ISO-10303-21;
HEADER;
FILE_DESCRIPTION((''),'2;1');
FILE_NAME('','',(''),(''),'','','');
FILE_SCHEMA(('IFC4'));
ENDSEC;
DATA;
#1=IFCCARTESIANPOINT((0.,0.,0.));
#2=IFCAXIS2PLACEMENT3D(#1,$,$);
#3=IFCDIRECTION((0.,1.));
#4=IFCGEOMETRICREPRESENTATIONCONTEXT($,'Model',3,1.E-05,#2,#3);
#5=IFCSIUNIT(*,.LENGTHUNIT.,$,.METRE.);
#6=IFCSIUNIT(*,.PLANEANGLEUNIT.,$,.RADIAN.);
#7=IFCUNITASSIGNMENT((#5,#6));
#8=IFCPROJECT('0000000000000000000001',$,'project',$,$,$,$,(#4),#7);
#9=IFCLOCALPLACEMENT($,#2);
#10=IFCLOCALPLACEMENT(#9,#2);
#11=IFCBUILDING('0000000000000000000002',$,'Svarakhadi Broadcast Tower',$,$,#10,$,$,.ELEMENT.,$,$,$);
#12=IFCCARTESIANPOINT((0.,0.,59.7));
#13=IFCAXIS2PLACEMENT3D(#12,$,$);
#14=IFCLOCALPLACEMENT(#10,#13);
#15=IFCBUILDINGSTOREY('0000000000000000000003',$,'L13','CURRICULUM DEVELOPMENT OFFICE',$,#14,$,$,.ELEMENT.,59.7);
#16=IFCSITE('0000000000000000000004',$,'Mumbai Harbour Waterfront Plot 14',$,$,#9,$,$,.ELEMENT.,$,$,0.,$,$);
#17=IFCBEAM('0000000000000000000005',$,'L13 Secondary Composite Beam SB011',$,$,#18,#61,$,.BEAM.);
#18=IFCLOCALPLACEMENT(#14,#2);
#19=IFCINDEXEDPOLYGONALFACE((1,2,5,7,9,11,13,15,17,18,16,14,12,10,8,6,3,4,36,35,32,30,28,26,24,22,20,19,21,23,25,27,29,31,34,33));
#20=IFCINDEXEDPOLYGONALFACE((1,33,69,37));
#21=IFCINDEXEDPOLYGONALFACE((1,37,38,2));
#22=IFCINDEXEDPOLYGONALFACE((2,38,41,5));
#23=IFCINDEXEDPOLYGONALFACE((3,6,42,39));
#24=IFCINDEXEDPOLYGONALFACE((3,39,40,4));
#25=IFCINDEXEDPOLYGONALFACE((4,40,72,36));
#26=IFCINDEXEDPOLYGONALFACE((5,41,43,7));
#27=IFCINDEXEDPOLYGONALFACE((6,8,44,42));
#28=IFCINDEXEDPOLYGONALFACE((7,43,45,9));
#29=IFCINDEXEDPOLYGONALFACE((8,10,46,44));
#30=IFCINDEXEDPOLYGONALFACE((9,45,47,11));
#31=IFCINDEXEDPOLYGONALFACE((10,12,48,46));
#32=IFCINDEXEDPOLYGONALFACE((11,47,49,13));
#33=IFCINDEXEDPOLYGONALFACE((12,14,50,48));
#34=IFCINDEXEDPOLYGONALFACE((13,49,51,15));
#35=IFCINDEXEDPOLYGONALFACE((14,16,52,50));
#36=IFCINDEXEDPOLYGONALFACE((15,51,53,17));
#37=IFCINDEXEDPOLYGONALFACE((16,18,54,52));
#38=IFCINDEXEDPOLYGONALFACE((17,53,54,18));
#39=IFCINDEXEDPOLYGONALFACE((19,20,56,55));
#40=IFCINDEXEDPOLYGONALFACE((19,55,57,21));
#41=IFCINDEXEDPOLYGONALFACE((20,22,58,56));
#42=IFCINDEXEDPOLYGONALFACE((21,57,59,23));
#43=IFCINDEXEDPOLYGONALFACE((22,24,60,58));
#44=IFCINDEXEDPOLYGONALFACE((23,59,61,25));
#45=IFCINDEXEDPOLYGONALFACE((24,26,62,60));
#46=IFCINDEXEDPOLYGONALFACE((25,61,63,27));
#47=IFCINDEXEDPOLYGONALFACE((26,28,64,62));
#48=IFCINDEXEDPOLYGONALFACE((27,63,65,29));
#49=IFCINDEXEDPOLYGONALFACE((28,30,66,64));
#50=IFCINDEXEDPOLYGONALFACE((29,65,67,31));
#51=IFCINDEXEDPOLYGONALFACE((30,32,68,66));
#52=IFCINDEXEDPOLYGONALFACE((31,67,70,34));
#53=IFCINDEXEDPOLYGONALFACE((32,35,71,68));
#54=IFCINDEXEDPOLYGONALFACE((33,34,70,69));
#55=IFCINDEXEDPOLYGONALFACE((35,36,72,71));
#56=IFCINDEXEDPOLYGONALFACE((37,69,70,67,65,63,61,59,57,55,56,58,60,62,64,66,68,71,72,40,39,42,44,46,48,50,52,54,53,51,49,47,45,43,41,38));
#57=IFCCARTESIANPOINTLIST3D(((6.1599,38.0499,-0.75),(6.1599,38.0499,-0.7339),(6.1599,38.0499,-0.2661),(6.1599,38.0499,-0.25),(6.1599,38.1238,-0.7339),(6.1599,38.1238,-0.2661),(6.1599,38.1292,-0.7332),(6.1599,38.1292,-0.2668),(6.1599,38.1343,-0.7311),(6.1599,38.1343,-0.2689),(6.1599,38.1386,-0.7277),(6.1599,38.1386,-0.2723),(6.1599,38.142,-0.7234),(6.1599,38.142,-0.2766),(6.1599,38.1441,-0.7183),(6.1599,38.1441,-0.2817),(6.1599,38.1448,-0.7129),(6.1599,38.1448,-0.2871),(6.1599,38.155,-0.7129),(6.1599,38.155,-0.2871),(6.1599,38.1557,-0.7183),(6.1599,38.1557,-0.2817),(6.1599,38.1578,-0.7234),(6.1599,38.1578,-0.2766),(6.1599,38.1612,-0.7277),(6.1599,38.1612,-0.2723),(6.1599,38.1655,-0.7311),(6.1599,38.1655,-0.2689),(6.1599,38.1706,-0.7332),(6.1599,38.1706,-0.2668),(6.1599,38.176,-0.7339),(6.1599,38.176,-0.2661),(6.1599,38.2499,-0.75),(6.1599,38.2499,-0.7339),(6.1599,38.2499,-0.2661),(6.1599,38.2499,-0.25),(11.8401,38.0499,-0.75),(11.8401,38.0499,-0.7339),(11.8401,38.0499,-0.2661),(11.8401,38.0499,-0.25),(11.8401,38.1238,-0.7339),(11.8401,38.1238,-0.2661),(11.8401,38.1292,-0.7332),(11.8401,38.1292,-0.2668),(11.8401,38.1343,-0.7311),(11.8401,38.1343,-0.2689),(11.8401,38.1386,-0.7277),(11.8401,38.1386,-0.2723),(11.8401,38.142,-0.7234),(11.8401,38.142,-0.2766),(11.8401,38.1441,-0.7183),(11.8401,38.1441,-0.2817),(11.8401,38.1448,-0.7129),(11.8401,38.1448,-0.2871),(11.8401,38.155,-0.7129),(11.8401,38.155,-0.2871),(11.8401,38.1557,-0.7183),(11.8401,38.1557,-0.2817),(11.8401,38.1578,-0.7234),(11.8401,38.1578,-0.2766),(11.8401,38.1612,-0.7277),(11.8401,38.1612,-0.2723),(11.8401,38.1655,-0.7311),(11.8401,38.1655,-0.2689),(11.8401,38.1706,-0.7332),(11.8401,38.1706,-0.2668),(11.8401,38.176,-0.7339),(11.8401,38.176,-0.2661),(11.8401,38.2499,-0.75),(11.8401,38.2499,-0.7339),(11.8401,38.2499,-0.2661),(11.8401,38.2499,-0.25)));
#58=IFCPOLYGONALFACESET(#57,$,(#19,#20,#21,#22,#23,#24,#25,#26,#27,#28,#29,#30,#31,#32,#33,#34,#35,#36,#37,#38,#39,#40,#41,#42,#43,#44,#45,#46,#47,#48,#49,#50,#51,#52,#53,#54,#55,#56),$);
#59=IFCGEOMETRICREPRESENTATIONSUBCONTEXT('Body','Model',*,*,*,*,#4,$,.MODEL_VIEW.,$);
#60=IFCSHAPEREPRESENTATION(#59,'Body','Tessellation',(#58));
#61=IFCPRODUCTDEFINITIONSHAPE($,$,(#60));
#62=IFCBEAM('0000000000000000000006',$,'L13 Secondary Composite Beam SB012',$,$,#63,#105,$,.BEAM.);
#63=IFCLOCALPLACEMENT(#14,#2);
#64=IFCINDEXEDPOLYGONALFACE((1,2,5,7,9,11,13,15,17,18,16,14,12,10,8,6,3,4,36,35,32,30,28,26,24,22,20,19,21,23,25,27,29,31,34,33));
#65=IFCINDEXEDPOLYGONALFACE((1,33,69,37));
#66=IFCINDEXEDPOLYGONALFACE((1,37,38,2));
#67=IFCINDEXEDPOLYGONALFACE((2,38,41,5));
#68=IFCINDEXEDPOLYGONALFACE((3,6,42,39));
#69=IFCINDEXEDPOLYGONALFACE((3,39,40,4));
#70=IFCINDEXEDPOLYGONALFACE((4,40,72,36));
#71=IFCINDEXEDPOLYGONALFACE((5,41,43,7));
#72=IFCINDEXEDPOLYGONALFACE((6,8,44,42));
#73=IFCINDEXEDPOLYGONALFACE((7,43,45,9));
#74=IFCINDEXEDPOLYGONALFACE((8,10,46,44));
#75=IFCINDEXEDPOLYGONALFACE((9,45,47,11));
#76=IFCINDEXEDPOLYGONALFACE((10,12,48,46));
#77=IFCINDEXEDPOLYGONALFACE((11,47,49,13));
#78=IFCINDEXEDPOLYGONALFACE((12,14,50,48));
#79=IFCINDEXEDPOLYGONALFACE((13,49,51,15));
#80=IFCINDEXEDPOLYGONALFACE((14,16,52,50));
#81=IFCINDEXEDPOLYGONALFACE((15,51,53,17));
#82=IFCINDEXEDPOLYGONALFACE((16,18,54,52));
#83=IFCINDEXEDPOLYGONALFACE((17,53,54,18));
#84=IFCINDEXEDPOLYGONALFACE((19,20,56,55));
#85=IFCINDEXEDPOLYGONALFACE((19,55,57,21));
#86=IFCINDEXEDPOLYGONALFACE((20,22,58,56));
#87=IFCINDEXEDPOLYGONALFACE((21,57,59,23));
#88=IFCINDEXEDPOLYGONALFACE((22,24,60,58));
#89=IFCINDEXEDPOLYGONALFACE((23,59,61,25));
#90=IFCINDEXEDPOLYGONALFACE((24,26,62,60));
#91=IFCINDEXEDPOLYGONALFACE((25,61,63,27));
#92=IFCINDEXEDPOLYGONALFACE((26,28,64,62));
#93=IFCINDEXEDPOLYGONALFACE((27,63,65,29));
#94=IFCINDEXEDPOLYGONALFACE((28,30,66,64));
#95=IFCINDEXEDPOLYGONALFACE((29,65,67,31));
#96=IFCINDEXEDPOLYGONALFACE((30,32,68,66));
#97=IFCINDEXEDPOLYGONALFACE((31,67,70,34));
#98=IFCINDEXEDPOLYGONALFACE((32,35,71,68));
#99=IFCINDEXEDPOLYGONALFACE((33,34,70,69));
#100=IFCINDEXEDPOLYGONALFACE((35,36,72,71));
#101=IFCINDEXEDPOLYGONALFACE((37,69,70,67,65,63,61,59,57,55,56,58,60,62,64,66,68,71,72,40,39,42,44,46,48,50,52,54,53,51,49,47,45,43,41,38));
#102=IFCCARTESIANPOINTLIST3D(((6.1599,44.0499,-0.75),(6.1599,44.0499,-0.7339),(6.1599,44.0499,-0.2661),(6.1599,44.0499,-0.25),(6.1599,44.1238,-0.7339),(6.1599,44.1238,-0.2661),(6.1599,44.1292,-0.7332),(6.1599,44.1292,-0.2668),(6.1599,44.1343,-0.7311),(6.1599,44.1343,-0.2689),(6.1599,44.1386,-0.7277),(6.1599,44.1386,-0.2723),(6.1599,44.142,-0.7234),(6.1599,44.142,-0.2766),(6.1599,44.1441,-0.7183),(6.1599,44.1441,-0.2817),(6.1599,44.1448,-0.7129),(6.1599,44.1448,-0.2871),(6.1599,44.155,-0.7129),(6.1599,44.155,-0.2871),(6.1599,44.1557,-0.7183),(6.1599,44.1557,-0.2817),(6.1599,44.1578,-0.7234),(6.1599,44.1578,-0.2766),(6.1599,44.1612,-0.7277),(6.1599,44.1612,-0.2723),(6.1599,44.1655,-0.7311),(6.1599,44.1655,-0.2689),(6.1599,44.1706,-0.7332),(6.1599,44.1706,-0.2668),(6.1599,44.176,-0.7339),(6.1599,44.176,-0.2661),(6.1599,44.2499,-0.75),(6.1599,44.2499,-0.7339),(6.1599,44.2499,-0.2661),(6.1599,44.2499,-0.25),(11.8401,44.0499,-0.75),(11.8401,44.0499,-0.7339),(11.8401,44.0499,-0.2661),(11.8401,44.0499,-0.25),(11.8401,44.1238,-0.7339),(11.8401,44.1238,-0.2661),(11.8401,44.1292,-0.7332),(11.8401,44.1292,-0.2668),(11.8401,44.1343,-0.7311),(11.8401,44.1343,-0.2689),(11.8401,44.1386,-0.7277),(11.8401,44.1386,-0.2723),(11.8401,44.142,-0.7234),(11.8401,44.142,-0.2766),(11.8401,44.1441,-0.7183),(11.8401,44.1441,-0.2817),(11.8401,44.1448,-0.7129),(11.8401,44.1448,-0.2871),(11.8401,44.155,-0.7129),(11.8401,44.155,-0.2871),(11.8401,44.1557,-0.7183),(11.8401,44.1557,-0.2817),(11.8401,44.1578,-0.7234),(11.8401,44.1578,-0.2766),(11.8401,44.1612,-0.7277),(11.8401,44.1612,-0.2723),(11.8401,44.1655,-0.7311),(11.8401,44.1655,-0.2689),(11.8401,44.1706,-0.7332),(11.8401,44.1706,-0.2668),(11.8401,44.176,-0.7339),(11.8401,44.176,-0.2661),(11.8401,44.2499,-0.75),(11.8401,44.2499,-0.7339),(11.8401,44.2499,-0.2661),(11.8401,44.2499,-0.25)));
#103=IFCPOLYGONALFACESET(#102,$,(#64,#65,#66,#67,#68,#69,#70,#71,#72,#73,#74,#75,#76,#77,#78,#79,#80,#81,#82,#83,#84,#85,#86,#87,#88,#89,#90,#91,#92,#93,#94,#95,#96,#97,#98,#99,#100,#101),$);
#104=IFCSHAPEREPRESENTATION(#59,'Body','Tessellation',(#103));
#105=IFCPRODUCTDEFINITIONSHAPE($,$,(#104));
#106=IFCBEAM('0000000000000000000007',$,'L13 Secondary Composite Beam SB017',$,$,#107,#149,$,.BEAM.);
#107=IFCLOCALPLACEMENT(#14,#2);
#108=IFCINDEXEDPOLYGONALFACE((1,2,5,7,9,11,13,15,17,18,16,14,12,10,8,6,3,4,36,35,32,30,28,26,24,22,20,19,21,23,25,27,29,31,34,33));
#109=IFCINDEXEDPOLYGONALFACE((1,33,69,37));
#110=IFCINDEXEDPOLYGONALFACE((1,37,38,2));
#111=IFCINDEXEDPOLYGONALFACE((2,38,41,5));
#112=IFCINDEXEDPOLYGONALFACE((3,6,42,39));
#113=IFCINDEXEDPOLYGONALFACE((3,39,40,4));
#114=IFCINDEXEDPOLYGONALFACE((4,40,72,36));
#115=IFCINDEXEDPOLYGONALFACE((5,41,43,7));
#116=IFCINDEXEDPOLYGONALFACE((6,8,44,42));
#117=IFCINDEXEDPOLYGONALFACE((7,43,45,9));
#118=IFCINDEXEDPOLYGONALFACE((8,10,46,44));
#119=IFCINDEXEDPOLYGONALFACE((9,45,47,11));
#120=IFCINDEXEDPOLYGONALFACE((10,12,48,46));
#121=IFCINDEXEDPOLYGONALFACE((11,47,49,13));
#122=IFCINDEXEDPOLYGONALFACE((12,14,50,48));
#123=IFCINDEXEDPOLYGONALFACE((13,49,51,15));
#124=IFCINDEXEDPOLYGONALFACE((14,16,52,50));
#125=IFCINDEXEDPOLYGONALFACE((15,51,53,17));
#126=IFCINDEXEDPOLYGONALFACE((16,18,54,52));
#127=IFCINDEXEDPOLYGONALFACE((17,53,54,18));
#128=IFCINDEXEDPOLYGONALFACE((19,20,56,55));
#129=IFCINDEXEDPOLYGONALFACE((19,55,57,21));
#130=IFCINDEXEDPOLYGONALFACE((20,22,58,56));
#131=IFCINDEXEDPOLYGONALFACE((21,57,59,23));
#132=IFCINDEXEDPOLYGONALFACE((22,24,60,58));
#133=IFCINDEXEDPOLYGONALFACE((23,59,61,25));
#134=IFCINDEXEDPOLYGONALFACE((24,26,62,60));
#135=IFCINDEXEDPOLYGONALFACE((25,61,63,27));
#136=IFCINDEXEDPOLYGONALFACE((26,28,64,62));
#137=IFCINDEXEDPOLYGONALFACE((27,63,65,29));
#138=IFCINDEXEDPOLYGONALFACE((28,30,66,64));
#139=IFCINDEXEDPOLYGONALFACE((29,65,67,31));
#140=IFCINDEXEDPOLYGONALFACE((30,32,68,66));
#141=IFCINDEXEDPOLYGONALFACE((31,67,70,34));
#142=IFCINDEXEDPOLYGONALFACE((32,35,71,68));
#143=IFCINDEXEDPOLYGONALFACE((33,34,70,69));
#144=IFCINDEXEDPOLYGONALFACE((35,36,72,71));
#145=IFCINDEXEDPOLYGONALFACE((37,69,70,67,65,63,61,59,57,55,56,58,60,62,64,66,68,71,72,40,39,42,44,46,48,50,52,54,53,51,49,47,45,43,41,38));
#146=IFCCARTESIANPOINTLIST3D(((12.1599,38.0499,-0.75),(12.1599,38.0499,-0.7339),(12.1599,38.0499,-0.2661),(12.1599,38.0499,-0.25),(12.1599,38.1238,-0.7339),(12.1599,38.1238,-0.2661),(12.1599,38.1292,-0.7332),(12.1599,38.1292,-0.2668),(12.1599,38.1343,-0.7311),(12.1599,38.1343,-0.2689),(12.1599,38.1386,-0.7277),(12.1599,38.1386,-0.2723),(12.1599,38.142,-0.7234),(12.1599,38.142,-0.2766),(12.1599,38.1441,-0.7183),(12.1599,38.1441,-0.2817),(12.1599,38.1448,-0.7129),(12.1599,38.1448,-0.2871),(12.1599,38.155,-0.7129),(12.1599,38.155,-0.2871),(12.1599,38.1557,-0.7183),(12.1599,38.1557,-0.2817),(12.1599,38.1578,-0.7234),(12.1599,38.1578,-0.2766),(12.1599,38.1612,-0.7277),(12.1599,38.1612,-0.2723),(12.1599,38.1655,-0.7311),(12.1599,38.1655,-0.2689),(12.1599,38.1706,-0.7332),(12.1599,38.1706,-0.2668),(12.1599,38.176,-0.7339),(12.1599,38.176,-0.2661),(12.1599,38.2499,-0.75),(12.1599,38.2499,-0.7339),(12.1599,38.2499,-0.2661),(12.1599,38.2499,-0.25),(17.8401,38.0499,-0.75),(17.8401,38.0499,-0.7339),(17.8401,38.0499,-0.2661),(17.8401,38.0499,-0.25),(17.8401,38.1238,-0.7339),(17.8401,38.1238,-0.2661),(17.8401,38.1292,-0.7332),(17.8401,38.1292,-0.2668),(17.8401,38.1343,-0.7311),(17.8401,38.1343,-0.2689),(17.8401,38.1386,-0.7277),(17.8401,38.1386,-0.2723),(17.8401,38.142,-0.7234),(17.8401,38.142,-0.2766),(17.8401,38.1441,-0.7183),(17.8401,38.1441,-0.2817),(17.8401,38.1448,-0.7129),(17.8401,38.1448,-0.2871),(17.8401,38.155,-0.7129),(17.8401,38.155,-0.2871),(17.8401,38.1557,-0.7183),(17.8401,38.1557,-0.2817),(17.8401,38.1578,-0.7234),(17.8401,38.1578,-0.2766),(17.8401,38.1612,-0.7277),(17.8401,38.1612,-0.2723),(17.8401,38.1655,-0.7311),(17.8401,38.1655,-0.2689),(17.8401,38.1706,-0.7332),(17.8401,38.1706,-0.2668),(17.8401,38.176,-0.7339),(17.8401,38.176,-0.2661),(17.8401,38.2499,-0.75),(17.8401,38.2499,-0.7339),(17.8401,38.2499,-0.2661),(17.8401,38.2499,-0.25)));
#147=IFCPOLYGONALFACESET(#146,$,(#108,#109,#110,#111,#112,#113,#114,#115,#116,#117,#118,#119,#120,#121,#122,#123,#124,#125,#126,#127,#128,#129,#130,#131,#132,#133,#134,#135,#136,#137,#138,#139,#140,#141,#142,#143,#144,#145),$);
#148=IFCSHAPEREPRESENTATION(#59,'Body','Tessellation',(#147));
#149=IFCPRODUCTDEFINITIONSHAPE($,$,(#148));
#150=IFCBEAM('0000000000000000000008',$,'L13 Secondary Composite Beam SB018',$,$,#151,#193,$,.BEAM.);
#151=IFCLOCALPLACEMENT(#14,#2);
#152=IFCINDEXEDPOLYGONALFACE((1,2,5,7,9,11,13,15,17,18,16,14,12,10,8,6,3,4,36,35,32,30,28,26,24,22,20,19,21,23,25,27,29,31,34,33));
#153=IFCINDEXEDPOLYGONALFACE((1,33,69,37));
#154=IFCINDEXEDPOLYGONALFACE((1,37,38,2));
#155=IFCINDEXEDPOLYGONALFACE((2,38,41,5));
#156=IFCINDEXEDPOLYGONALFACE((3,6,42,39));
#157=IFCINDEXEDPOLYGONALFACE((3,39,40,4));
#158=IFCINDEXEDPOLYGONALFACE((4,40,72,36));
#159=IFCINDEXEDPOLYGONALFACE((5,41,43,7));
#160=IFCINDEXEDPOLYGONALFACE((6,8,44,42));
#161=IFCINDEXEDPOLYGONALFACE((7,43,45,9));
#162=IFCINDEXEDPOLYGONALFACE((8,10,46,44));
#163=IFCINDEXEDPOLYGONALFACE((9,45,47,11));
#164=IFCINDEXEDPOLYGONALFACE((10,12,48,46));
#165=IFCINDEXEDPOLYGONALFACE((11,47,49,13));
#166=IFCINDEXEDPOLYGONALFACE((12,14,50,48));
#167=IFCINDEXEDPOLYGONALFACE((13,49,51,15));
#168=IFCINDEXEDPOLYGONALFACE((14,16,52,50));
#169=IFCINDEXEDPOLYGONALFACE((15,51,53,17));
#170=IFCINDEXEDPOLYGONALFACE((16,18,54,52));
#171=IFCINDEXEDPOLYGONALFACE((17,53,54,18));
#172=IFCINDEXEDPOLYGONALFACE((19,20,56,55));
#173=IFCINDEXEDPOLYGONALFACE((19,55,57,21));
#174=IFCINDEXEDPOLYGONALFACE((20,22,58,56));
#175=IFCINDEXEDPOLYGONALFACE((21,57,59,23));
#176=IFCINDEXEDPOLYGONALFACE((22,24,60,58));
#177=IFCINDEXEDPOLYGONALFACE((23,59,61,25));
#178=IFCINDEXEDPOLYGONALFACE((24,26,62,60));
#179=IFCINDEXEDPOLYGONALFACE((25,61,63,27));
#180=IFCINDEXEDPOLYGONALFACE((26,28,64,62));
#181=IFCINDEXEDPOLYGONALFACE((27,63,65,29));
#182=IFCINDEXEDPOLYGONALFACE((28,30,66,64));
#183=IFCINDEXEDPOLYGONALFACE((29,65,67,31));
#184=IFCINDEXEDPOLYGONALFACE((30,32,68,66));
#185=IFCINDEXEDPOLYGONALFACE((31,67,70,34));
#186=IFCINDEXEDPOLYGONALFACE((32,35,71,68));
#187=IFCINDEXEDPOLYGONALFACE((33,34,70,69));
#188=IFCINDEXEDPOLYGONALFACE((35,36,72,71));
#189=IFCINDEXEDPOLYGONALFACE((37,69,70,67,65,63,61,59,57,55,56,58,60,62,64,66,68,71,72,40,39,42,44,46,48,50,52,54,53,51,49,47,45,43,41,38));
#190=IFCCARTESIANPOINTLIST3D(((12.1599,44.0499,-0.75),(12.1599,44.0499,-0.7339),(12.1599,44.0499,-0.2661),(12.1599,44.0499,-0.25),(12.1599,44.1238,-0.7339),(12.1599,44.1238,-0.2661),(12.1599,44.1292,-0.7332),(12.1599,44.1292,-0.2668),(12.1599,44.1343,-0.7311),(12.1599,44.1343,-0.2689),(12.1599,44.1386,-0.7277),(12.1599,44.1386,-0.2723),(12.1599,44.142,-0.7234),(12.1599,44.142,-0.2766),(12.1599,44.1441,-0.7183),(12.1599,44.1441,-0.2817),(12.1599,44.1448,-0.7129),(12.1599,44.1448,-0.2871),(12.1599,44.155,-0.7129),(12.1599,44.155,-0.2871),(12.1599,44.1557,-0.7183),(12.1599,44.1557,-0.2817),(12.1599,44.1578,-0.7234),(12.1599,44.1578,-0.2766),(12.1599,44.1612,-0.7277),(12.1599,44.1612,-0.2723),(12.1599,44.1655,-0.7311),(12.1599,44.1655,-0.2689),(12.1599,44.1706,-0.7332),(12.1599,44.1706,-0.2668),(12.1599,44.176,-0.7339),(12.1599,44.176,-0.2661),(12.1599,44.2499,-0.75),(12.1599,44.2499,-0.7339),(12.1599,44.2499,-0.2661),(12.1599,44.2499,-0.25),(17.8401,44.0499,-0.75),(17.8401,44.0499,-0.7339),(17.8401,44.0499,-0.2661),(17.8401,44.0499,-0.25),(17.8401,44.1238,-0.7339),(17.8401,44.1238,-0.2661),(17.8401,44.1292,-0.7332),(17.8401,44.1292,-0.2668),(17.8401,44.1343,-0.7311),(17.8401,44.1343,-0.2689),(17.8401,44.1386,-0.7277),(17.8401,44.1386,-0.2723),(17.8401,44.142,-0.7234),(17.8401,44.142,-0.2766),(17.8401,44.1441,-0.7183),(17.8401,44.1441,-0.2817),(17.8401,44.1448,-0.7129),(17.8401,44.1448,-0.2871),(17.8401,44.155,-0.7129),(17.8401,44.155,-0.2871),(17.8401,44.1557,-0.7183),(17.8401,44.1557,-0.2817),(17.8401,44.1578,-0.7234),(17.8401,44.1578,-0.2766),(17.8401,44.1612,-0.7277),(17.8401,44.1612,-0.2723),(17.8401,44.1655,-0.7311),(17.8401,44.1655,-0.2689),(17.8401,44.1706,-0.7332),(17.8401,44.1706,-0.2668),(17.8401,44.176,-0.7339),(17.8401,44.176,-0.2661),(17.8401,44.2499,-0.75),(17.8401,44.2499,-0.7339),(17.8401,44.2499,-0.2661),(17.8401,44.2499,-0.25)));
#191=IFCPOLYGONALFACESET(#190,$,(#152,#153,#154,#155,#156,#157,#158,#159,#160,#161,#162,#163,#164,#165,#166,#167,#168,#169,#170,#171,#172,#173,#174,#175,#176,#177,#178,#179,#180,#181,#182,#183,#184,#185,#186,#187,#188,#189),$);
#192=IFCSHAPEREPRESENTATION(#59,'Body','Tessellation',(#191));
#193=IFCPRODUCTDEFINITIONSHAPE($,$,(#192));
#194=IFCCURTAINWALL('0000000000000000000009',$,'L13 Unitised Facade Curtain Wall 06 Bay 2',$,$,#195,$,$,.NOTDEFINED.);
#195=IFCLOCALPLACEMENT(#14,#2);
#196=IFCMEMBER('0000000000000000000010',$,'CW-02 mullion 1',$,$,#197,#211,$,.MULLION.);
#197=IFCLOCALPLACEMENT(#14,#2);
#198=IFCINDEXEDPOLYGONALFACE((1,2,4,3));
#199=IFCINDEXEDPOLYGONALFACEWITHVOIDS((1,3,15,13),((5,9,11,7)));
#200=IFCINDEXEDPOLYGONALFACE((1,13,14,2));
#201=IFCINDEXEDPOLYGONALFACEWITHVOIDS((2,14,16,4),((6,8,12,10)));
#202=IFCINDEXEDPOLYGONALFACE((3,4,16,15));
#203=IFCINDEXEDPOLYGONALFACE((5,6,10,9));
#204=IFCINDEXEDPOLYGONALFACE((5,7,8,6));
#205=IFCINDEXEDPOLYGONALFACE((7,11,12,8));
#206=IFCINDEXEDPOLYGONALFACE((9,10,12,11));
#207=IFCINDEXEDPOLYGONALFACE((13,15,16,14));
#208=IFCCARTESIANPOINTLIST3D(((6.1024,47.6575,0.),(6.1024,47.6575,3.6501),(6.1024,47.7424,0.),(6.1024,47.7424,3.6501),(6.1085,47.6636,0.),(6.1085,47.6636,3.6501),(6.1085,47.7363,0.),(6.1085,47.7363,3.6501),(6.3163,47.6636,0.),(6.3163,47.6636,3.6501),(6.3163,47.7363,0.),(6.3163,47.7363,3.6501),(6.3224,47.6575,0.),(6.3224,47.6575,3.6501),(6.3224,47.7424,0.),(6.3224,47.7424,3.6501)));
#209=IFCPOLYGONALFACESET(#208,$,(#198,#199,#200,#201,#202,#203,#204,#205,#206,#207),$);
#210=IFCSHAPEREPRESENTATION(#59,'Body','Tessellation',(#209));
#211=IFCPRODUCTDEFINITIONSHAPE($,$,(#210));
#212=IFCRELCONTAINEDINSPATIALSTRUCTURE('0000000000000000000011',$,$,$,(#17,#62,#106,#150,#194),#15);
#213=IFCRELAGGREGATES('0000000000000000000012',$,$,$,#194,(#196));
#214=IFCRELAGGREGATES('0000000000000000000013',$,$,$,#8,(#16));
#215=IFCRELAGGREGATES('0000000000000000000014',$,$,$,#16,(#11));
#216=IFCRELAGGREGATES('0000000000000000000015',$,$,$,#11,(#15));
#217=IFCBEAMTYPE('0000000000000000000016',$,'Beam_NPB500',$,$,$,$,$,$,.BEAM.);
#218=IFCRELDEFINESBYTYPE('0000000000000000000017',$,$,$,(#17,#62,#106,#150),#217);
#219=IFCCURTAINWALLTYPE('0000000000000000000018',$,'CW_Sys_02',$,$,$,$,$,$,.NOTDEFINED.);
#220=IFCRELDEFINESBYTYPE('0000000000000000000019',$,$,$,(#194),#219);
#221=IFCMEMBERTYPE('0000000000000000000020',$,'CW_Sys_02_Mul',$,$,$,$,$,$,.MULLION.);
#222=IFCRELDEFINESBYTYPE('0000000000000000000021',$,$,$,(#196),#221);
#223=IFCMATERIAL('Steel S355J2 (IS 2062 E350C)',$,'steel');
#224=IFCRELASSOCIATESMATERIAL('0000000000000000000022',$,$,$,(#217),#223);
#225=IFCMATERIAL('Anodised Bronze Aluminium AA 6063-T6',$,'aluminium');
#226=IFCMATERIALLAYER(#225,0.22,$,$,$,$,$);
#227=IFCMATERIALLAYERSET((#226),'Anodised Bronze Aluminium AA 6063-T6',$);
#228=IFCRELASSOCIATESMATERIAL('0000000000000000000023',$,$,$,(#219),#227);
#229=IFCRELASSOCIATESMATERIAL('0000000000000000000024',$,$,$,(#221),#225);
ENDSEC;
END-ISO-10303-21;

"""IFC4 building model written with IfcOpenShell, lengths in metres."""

from ifc_helpers import new_model, si_unit, direction, frame, origin, origin_2d, place, context, subcontext, project, spatial, hollow_rectangle, i_section, extrude, material, layer, layer_set, material_profile, profile_set, type_object, element, aggregate, save


model = new_model("IFC4")

# Units and contexts
model_context = context("Model", 3, precision=1e-05, world=origin(), true_north=direction((0.0, 1.0)))
body_context = subcontext(model_context, "Body", "Model", "MODEL_VIEW")
ifc_project = project(units=[si_unit("LENGTHUNIT", "METRE"), si_unit("PLANEANGLEUNIT", "RADIAN")], contexts=[model_context])

# Site, building, storey
site_placement = place(None, origin())
site = spatial("IfcSite", under=ifc_project, at=site_placement, Name="Mumbai Harbour Waterfront Plot 14", CompositionType="ELEMENT", RefElevation=0.0)
building_placement = place(site_placement, origin())
building = spatial("IfcBuilding", under=site, at=building_placement, Name="Svarakhadi Broadcast Tower", CompositionType="ELEMENT")
storey_placement = place(building_placement, frame((0.0, 0.0, 59.7)))
storey = spatial("IfcBuildingStorey", under=building, at=storey_placement, Name="L13", Description="CURRICULUM DEVELOPMENT OFFICE", CompositionType="ELEMENT", Elevation=59.7)

# Beams
ifc_material_1 = material(Name="Steel S355J2 (IS 2062 E350C)", Category="steel")
ifc_material_profile_1 = material_profile(ifc_material_1, i_section(OverallWidth=0.2, OverallDepth=0.5, WebThickness=0.0103, FlangeThickness=0.0161, FilletRadius=0.021, at=origin_2d()), Name="NPB 500x200x91")
ifc_profile_set_1 = profile_set([ifc_material_profile_1], Name="Steel S355J2 (IS 2062 E350C)")
beam_type_1 = type_object("IfcBeamType", Name="Beam_NPB500", PredefinedType="BEAM", material=ifc_profile_set_1)
for number, where, z_axis, x_axis, name in (
    (1, (6.1599, 38.1499, -0.5), (1.0, 0.0, 0.0), (0.0, 1.0, 0.0), "L13 Secondary Composite Beam SB011"),
    (2, (6.1599, 44.1499, -0.5), (1.0, 0.0, 0.0), (0.0, 1.0, 0.0), "L13 Secondary Composite Beam SB012"),
    (3, (12.1599, 38.1499, -0.5), (1.0, 0.0, 0.0), (0.0, 1.0, 0.0), "L13 Secondary Composite Beam SB017"),
    (4, (12.1599, 44.1499, -0.5), (1.0, 0.0, 0.0), (0.0, 1.0, 0.0), "L13 Secondary Composite Beam SB018"),
):
    element("IfcBeam", number, at=place(storey_placement, frame(where, z_axis=z_axis, x_axis=x_axis)), inside=storey, type_object=beam_type_1, Name=name, PredefinedType="BEAM", context=body_context, shape_type="SweptSolid", body=[
        extrude(i_section(OverallWidth=0.2, OverallDepth=0.5, WebThickness=0.0103, FlangeThickness=0.0161, FilletRadius=0.021, at=origin_2d()), origin(), (0.0, 0.0, 1.0), 5.6802),
    ])

# Curtain wall, member
ifc_material_2 = material(Name="Anodised Bronze Aluminium AA 6063-T6", Category="aluminium")
ifc_layer_1 = layer(ifc_material_2, 0.22)
ifc_layer_set_1 = layer_set([ifc_layer_1], Name="Anodised Bronze Aluminium AA 6063-T6")
curtain_wall_type = type_object("IfcCurtainWallType", Name="CW_Sys_02", PredefinedType="NOTDEFINED", material=ifc_layer_set_1)
curtain_wall_1_placement = place(storey_placement, origin())
curtain_wall_1 = element("IfcCurtainWall", 5, at=curtain_wall_1_placement, inside=storey, type_object=curtain_wall_type, Name="L13 Unitised Facade Curtain Wall 06 Bay 2", PredefinedType="NOTDEFINED")
ifc_material_profile_2 = material_profile(ifc_material_2, hollow_rectangle(XDim=0.085, YDim=0.22, WallThickness=0.0061, at=origin_2d()), Name="ALU MULLION 220x85x6")
ifc_profile_set_2 = profile_set([ifc_material_profile_2], Name="Anodised Bronze Aluminium AA 6063-T6")
member_type_1 = type_object("IfcMemberType", Name="CW_Sys_02_Mul", PredefinedType="MULLION", material=ifc_profile_set_2)
member_1_placement = place(storey_placement, frame((6.2124, 47.7, 0.0), z_axis=(0.0, 0.0, 1.0), x_axis=(0.0, 1.0, 0.0)))
member_1 = element("IfcMember", 6, at=member_1_placement, type_object=member_type_1, Name="CW-02 mullion 1", PredefinedType="MULLION", context=body_context, shape_type="SweptSolid", body=[
    extrude(hollow_rectangle(XDim=0.085, YDim=0.22, WallThickness=0.0061, at=origin_2d()), origin(), (0.0, 0.0, 1.0), 3.6501),
])

aggregate(curtain_wall_1, [member_1])

save(model, "model.ifc")
